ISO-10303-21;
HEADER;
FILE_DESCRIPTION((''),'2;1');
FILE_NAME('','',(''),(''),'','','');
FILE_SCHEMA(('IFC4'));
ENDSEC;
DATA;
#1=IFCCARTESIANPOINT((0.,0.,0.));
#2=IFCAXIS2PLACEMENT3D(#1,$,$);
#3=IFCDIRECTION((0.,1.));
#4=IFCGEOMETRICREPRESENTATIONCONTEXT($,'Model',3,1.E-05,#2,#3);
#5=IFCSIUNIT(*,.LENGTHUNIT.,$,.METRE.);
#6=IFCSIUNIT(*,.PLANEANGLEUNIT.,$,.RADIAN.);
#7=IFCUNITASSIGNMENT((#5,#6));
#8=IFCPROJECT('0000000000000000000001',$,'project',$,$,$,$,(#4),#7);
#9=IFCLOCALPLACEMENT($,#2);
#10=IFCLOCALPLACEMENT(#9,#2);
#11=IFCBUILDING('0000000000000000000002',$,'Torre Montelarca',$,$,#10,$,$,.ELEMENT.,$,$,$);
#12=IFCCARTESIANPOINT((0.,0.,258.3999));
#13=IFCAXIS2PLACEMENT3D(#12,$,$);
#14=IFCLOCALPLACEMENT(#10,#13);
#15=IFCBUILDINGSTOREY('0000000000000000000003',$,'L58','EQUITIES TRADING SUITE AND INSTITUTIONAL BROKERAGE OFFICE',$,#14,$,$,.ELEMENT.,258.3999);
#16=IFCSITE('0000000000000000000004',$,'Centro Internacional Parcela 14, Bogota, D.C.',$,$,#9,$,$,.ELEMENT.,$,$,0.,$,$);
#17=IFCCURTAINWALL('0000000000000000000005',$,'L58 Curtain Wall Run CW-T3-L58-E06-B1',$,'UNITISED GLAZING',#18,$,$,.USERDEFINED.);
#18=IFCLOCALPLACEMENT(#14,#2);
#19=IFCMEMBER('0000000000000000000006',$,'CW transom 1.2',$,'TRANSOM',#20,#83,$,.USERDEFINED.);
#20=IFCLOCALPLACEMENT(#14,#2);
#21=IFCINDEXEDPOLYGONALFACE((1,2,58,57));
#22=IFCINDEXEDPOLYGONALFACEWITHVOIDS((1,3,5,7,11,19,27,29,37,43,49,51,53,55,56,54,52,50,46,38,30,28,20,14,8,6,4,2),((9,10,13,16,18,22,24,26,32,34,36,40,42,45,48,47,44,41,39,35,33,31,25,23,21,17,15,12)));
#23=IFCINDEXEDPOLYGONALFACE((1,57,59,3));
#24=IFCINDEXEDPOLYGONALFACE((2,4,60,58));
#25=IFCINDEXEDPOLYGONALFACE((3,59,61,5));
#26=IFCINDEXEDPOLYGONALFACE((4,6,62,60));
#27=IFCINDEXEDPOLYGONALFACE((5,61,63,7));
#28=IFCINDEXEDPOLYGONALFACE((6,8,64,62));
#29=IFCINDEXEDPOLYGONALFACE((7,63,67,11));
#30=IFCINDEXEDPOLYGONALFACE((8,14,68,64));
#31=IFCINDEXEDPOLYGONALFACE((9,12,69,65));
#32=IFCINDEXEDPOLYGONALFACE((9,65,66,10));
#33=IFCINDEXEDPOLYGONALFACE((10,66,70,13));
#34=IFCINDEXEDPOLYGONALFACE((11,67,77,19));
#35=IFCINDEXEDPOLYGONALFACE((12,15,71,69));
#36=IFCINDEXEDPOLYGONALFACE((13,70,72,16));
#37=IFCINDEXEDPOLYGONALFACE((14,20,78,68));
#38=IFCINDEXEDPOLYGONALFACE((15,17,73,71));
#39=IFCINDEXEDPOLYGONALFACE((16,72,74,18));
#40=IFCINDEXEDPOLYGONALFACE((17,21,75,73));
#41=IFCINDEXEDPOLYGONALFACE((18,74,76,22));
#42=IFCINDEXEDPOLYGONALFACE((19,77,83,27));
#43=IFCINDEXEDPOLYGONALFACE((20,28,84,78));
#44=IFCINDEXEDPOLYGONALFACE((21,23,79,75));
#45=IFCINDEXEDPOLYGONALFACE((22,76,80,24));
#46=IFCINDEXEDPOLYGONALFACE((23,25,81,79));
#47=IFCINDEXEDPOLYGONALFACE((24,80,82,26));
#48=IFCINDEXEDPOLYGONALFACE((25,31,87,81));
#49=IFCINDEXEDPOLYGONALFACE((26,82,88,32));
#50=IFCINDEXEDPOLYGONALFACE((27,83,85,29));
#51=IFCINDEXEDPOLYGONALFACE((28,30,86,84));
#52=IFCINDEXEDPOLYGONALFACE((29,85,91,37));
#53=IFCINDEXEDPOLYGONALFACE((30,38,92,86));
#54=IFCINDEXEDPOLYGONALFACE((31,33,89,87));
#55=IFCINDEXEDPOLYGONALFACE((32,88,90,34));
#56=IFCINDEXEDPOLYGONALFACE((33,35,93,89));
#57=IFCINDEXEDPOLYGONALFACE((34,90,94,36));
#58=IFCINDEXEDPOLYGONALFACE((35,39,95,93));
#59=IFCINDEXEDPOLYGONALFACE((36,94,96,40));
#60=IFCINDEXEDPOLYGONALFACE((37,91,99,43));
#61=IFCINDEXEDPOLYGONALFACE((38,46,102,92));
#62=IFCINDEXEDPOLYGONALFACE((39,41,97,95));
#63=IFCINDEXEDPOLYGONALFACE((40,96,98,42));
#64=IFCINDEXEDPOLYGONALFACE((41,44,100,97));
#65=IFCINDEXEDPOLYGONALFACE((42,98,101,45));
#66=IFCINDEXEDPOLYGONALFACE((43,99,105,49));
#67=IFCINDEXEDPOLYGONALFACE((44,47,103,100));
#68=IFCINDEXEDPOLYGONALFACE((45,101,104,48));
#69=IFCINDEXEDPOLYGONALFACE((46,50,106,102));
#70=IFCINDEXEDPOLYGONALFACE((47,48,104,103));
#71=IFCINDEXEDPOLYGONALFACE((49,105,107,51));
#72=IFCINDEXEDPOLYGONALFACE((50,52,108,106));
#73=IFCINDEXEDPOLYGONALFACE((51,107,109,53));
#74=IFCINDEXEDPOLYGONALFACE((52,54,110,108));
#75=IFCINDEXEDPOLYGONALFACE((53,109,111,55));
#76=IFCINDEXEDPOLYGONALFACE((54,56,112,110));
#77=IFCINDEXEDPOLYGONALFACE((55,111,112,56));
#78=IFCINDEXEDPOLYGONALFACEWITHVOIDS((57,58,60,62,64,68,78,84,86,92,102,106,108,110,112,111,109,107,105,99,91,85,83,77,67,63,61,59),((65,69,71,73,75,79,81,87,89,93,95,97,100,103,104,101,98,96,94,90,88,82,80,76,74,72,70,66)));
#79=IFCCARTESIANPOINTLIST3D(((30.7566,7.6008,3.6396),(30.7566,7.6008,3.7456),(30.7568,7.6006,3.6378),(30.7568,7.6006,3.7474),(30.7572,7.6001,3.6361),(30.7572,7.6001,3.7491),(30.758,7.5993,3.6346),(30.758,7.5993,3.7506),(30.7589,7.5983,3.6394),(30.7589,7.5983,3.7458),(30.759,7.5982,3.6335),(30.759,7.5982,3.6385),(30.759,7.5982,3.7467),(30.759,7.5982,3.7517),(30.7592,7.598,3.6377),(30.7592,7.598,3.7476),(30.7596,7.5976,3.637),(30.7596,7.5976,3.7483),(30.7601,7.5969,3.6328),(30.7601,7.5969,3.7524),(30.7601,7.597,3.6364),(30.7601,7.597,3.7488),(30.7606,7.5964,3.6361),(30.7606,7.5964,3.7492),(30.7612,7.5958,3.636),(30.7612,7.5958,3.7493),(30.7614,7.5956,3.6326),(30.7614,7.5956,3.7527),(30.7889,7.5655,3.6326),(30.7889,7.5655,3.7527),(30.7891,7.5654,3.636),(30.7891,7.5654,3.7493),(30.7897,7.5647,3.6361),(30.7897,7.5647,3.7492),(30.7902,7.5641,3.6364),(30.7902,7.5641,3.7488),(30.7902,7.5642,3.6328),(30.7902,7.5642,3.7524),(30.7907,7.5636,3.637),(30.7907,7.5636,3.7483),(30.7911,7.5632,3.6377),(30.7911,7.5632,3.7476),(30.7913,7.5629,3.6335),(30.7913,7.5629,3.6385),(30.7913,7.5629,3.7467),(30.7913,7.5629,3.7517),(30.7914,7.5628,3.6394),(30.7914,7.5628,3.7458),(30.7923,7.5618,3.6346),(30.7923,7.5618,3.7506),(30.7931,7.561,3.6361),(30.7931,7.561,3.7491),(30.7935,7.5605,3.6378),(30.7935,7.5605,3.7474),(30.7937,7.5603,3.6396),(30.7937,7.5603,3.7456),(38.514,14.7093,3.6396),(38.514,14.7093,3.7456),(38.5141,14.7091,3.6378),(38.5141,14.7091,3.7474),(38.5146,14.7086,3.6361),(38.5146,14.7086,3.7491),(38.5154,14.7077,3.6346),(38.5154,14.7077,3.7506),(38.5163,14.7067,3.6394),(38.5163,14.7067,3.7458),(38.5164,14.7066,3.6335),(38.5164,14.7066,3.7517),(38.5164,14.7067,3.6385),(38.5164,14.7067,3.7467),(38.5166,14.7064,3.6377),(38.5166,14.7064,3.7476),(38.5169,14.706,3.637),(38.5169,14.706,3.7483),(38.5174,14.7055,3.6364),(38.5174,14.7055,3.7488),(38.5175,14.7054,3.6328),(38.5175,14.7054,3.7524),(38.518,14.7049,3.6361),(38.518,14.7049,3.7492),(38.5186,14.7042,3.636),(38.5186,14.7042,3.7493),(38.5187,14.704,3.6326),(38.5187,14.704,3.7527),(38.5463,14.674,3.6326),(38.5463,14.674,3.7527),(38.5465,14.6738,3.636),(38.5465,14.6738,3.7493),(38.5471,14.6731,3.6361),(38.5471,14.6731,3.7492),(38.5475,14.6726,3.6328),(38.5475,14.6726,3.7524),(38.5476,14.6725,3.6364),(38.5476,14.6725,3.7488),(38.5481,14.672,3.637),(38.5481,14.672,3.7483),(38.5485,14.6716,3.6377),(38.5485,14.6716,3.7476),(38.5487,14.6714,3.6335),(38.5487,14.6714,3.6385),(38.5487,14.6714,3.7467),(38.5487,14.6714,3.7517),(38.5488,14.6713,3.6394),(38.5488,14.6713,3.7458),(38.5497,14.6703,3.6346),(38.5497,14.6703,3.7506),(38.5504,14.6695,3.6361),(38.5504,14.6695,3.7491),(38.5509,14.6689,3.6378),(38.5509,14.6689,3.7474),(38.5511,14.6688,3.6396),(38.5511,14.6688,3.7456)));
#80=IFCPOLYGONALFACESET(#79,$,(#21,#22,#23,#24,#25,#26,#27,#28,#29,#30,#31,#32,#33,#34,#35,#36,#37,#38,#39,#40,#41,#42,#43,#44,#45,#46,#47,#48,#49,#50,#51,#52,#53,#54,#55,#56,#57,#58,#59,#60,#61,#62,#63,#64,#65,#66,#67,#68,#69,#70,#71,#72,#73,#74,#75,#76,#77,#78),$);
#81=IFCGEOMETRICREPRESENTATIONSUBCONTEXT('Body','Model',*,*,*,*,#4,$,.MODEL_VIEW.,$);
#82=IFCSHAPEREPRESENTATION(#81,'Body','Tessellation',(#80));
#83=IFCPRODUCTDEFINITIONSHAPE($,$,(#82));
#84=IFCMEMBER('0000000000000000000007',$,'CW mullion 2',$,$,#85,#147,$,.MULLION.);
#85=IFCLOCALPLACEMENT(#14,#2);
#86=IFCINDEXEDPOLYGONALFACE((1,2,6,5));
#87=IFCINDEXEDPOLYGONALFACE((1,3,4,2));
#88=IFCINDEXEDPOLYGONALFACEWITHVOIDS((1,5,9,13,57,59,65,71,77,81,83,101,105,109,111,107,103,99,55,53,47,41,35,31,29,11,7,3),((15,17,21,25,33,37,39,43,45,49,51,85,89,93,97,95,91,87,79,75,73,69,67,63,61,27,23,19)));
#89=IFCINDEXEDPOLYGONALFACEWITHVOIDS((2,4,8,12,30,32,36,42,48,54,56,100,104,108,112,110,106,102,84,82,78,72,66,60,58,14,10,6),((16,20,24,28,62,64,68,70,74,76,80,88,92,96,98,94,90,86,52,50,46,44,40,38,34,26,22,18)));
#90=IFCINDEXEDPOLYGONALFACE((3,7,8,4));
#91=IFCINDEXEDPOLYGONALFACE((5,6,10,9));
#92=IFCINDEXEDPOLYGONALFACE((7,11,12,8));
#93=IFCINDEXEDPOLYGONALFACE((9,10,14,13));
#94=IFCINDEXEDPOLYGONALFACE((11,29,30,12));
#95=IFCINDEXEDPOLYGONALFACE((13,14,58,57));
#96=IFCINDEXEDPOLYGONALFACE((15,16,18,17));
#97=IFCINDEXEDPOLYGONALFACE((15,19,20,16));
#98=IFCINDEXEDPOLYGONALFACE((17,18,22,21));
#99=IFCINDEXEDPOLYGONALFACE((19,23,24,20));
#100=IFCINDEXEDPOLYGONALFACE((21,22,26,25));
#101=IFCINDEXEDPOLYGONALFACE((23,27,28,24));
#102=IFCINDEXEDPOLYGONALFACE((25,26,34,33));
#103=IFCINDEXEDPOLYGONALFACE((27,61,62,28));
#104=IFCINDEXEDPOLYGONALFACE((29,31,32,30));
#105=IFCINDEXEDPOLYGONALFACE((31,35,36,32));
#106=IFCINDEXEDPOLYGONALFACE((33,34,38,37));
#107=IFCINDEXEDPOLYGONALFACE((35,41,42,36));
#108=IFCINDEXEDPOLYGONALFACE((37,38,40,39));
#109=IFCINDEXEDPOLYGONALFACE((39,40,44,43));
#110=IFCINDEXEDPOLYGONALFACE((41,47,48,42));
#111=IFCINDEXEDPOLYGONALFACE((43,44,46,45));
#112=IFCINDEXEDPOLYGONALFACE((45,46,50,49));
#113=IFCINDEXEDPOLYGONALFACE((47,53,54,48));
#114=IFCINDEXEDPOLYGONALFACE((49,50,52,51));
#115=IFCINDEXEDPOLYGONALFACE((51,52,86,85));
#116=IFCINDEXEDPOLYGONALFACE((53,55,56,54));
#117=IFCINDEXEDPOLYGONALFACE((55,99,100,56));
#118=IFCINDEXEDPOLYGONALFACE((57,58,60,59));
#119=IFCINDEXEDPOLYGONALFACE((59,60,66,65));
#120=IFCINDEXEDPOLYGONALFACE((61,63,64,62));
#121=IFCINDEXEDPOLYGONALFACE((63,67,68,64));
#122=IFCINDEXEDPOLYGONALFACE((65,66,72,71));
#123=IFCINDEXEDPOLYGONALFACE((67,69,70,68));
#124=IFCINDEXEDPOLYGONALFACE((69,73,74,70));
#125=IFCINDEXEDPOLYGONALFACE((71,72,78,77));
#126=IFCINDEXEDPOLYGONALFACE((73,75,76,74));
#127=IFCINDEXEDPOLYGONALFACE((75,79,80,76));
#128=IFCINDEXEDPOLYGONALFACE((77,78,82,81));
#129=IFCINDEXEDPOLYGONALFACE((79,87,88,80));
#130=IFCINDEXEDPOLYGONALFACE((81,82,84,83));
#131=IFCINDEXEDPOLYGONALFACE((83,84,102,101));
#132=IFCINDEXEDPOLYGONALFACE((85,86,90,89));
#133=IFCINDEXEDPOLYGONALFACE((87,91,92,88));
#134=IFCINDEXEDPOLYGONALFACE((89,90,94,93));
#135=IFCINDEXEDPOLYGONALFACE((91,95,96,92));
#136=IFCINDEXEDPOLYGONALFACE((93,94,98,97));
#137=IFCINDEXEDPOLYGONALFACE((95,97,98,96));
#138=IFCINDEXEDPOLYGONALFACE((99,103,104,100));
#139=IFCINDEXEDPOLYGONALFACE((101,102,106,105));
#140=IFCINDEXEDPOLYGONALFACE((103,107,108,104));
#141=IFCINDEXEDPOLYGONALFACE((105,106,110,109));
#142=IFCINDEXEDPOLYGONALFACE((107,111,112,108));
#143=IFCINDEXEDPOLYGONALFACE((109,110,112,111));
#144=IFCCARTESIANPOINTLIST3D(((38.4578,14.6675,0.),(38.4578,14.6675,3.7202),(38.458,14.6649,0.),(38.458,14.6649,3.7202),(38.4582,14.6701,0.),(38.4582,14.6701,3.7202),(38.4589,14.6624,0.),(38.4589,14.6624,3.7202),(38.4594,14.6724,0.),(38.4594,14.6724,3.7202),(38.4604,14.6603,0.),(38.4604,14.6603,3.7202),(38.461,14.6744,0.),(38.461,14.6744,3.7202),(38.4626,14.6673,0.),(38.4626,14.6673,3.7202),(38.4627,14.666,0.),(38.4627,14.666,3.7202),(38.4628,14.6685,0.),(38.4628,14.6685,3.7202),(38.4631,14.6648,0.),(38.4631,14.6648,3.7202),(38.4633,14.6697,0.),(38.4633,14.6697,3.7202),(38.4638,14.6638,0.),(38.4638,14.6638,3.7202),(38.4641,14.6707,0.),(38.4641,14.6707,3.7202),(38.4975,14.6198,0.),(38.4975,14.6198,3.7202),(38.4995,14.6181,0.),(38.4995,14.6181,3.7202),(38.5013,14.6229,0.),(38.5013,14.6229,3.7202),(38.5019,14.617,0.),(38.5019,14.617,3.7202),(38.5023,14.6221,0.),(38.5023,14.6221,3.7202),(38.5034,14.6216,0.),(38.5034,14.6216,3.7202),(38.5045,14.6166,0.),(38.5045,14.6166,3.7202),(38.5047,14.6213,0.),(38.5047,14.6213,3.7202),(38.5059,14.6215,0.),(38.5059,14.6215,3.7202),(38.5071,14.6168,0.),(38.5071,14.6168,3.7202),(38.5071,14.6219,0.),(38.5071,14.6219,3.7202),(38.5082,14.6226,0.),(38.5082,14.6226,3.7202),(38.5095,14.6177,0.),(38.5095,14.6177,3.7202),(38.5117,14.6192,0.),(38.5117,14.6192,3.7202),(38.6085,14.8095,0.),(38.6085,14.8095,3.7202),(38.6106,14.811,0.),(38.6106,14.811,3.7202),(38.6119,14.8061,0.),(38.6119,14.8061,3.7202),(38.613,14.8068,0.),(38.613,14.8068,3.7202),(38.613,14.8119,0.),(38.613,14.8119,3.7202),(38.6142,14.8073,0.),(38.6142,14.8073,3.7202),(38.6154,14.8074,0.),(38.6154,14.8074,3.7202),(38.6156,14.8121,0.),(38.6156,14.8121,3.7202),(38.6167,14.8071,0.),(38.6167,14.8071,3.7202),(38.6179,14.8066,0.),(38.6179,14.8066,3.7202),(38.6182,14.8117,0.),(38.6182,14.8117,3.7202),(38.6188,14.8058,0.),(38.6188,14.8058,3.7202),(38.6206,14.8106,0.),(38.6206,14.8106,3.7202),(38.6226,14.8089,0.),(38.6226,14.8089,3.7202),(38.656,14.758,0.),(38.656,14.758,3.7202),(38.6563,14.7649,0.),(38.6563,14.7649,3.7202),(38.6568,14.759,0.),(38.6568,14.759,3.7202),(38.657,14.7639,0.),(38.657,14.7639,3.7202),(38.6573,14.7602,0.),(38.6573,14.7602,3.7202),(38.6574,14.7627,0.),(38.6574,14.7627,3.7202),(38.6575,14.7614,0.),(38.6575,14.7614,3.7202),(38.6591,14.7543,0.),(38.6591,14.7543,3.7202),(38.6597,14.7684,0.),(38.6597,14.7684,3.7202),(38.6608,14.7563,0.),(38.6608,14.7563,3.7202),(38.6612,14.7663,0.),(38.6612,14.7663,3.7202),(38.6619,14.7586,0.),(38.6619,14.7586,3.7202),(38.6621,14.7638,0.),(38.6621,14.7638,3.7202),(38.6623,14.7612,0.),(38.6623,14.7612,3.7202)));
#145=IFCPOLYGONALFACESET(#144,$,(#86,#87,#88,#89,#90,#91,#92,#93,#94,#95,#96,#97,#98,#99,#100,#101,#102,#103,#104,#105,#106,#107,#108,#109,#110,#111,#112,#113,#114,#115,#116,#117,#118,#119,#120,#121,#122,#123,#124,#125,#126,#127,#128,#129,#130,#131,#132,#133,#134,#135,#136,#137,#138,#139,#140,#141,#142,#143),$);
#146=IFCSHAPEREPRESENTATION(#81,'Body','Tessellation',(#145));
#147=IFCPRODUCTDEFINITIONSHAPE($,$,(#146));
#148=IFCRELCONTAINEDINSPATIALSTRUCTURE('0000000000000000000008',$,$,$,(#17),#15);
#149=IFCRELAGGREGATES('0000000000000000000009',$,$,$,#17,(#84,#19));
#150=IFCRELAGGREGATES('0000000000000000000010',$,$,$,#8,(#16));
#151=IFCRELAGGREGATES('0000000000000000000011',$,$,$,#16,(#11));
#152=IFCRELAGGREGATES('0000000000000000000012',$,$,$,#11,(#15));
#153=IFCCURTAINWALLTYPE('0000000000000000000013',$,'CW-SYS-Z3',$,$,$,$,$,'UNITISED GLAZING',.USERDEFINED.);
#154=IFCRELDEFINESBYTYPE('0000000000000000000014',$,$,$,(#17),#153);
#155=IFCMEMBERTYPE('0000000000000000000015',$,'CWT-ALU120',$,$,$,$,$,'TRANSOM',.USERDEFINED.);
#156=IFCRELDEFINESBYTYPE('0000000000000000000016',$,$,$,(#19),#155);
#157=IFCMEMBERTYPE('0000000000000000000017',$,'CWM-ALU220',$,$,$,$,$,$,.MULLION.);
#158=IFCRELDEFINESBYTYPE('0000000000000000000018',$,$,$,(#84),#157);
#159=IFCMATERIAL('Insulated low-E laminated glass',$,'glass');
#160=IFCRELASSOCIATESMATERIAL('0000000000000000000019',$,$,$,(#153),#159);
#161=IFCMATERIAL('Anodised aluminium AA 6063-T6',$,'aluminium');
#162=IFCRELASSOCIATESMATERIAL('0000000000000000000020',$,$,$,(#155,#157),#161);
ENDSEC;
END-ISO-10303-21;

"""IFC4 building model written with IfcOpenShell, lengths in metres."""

from ifc_helpers import new_model, si_unit, direction, frame, origin, origin_2d, place, context, subcontext, project, spatial, hollow_rectangle, extrude, source, transform, mapped, material, material_profile, profile_set, type_object, element, aggregate, save


model = new_model("IFC4")

# Units and contexts
model_context = context("Model", 3, precision=1e-05, world=origin(), true_north=direction((0.0, 1.0)))
body_context = subcontext(model_context, "Body", "Model", "MODEL_VIEW")
ifc_project = project(units=[si_unit("LENGTHUNIT", "METRE"), si_unit("PLANEANGLEUNIT", "RADIAN")], contexts=[model_context])

# Site, building, storey
site_placement = place(None, origin())
site = spatial("IfcSite", under=ifc_project, at=site_placement, Name="Centro Internacional Parcela 14, Bogota, D.C.", CompositionType="ELEMENT", RefElevation=0.0)
building_placement = place(site_placement, origin())
building = spatial("IfcBuilding", under=site, at=building_placement, Name="Torre Montelarca", CompositionType="ELEMENT")
storey_placement = place(building_placement, frame((0.0, 0.0, 258.3999)))
storey = spatial("IfcBuildingStorey", under=building, at=storey_placement, Name="L58", Description="EQUITIES TRADING SUITE AND INSTITUTIONAL BROKERAGE OFFICE", CompositionType="ELEMENT", Elevation=258.3999)

# Curtain wall, members
ifc_material_1 = material(Name="Insulated low-E laminated glass", Category="glass")
curtain_wall_type = type_object("IfcCurtainWallType", Name="CW-SYS-Z3", ElementType="UNITISED GLAZING", PredefinedType="USERDEFINED", material=ifc_material_1)
ifc_material_2 = material(Name="Anodised aluminium AA 6063-T6", Category="aluminium")
ifc_material_profile_1 = material_profile(ifc_material_2, hollow_rectangle(XDim=0.0549, YDim=0.1201, WallThickness=0.0034, InnerFilletRadius=0.0034, OuterFilletRadius=0.0071, at=origin_2d()), Name="ALU55X120X3.5", Category="aluminium")
ifc_profile_set_1 = profile_set([ifc_material_profile_1], Name="Anodised aluminium AA 6063-T6")
member_type_1 = type_object("IfcMemberType", Name="CWT-ALU120", ElementType="TRANSOM", PredefinedType="USERDEFINED", material=ifc_profile_set_1)
curtain_wall_1_placement = place(storey_placement, origin())
curtain_wall_1 = element("IfcCurtainWall", 1, at=curtain_wall_1_placement, inside=storey, type_object=curtain_wall_type, Name="L58 Curtain Wall Run CW-T3-L58-E06-B1", ObjectType="UNITISED GLAZING", PredefinedType="USERDEFINED")
shared_shape_1 = source(origin(), body_context, "Body", "SweptSolid", [
    extrude(hollow_rectangle(XDim=0.0549, YDim=0.1201, WallThickness=0.0034, InnerFilletRadius=0.0034, OuterFilletRadius=0.0071, at=origin_2d()), origin(), (0.0, 0.0, 1.0), 10.5217),
])
member_1_placement = place(storey_placement, frame((30.7751, 7.5806, 3.6926), z_axis=(0.737272, 0.675596, 0.0), x_axis=(-0.675596, 0.737272, 0.0)))
member_1 = element("IfcMember", 2, at=member_1_placement, type_object=member_type_1, Name="CW transom 1.2", ObjectType="TRANSOM", PredefinedType="USERDEFINED", context=body_context, shape_type="MappedRepresentation", body=[
    mapped(shared_shape_1, transform((0.0, 0.0, 0.0), scale=1.0)),
])
ifc_material_profile_2 = material_profile(ifc_material_2, hollow_rectangle(XDim=0.075, YDim=0.22, WallThickness=0.0049, InnerFilletRadius=0.0049, OuterFilletRadius=0.01, at=origin_2d()), Name="ALU75X220X5", Category="aluminium")
ifc_profile_set_2 = profile_set([ifc_material_profile_2], Name="Anodised aluminium AA 6063-T6")
member_type_2 = type_object("IfcMemberType", Name="CWM-ALU220", PredefinedType="MULLION", material=ifc_profile_set_2)
shared_shape_2 = source(origin(), body_context, "Body", "SweptSolid", [
    extrude(hollow_rectangle(XDim=0.075, YDim=0.22, WallThickness=0.0049, InnerFilletRadius=0.0049, OuterFilletRadius=0.01, at=origin_2d()), origin(), (0.0, 0.0, 1.0), 3.7202),
])
member_2_placement = place(storey_placement, frame((38.5601, 14.7144, 0.0), z_axis=(0.0, 0.0, 1.0), x_axis=(-0.675587, 0.73728, 0.0)))
member_2 = element("IfcMember", 3, at=member_2_placement, type_object=member_type_2, Name="CW mullion 2", PredefinedType="MULLION", context=body_context, shape_type="MappedRepresentation", body=[
    mapped(shared_shape_2, transform((0.0, 0.0, 0.0), scale=1.0)),
])

aggregate(curtain_wall_1, [member_2, member_1])

save(model, "model.ifc")
